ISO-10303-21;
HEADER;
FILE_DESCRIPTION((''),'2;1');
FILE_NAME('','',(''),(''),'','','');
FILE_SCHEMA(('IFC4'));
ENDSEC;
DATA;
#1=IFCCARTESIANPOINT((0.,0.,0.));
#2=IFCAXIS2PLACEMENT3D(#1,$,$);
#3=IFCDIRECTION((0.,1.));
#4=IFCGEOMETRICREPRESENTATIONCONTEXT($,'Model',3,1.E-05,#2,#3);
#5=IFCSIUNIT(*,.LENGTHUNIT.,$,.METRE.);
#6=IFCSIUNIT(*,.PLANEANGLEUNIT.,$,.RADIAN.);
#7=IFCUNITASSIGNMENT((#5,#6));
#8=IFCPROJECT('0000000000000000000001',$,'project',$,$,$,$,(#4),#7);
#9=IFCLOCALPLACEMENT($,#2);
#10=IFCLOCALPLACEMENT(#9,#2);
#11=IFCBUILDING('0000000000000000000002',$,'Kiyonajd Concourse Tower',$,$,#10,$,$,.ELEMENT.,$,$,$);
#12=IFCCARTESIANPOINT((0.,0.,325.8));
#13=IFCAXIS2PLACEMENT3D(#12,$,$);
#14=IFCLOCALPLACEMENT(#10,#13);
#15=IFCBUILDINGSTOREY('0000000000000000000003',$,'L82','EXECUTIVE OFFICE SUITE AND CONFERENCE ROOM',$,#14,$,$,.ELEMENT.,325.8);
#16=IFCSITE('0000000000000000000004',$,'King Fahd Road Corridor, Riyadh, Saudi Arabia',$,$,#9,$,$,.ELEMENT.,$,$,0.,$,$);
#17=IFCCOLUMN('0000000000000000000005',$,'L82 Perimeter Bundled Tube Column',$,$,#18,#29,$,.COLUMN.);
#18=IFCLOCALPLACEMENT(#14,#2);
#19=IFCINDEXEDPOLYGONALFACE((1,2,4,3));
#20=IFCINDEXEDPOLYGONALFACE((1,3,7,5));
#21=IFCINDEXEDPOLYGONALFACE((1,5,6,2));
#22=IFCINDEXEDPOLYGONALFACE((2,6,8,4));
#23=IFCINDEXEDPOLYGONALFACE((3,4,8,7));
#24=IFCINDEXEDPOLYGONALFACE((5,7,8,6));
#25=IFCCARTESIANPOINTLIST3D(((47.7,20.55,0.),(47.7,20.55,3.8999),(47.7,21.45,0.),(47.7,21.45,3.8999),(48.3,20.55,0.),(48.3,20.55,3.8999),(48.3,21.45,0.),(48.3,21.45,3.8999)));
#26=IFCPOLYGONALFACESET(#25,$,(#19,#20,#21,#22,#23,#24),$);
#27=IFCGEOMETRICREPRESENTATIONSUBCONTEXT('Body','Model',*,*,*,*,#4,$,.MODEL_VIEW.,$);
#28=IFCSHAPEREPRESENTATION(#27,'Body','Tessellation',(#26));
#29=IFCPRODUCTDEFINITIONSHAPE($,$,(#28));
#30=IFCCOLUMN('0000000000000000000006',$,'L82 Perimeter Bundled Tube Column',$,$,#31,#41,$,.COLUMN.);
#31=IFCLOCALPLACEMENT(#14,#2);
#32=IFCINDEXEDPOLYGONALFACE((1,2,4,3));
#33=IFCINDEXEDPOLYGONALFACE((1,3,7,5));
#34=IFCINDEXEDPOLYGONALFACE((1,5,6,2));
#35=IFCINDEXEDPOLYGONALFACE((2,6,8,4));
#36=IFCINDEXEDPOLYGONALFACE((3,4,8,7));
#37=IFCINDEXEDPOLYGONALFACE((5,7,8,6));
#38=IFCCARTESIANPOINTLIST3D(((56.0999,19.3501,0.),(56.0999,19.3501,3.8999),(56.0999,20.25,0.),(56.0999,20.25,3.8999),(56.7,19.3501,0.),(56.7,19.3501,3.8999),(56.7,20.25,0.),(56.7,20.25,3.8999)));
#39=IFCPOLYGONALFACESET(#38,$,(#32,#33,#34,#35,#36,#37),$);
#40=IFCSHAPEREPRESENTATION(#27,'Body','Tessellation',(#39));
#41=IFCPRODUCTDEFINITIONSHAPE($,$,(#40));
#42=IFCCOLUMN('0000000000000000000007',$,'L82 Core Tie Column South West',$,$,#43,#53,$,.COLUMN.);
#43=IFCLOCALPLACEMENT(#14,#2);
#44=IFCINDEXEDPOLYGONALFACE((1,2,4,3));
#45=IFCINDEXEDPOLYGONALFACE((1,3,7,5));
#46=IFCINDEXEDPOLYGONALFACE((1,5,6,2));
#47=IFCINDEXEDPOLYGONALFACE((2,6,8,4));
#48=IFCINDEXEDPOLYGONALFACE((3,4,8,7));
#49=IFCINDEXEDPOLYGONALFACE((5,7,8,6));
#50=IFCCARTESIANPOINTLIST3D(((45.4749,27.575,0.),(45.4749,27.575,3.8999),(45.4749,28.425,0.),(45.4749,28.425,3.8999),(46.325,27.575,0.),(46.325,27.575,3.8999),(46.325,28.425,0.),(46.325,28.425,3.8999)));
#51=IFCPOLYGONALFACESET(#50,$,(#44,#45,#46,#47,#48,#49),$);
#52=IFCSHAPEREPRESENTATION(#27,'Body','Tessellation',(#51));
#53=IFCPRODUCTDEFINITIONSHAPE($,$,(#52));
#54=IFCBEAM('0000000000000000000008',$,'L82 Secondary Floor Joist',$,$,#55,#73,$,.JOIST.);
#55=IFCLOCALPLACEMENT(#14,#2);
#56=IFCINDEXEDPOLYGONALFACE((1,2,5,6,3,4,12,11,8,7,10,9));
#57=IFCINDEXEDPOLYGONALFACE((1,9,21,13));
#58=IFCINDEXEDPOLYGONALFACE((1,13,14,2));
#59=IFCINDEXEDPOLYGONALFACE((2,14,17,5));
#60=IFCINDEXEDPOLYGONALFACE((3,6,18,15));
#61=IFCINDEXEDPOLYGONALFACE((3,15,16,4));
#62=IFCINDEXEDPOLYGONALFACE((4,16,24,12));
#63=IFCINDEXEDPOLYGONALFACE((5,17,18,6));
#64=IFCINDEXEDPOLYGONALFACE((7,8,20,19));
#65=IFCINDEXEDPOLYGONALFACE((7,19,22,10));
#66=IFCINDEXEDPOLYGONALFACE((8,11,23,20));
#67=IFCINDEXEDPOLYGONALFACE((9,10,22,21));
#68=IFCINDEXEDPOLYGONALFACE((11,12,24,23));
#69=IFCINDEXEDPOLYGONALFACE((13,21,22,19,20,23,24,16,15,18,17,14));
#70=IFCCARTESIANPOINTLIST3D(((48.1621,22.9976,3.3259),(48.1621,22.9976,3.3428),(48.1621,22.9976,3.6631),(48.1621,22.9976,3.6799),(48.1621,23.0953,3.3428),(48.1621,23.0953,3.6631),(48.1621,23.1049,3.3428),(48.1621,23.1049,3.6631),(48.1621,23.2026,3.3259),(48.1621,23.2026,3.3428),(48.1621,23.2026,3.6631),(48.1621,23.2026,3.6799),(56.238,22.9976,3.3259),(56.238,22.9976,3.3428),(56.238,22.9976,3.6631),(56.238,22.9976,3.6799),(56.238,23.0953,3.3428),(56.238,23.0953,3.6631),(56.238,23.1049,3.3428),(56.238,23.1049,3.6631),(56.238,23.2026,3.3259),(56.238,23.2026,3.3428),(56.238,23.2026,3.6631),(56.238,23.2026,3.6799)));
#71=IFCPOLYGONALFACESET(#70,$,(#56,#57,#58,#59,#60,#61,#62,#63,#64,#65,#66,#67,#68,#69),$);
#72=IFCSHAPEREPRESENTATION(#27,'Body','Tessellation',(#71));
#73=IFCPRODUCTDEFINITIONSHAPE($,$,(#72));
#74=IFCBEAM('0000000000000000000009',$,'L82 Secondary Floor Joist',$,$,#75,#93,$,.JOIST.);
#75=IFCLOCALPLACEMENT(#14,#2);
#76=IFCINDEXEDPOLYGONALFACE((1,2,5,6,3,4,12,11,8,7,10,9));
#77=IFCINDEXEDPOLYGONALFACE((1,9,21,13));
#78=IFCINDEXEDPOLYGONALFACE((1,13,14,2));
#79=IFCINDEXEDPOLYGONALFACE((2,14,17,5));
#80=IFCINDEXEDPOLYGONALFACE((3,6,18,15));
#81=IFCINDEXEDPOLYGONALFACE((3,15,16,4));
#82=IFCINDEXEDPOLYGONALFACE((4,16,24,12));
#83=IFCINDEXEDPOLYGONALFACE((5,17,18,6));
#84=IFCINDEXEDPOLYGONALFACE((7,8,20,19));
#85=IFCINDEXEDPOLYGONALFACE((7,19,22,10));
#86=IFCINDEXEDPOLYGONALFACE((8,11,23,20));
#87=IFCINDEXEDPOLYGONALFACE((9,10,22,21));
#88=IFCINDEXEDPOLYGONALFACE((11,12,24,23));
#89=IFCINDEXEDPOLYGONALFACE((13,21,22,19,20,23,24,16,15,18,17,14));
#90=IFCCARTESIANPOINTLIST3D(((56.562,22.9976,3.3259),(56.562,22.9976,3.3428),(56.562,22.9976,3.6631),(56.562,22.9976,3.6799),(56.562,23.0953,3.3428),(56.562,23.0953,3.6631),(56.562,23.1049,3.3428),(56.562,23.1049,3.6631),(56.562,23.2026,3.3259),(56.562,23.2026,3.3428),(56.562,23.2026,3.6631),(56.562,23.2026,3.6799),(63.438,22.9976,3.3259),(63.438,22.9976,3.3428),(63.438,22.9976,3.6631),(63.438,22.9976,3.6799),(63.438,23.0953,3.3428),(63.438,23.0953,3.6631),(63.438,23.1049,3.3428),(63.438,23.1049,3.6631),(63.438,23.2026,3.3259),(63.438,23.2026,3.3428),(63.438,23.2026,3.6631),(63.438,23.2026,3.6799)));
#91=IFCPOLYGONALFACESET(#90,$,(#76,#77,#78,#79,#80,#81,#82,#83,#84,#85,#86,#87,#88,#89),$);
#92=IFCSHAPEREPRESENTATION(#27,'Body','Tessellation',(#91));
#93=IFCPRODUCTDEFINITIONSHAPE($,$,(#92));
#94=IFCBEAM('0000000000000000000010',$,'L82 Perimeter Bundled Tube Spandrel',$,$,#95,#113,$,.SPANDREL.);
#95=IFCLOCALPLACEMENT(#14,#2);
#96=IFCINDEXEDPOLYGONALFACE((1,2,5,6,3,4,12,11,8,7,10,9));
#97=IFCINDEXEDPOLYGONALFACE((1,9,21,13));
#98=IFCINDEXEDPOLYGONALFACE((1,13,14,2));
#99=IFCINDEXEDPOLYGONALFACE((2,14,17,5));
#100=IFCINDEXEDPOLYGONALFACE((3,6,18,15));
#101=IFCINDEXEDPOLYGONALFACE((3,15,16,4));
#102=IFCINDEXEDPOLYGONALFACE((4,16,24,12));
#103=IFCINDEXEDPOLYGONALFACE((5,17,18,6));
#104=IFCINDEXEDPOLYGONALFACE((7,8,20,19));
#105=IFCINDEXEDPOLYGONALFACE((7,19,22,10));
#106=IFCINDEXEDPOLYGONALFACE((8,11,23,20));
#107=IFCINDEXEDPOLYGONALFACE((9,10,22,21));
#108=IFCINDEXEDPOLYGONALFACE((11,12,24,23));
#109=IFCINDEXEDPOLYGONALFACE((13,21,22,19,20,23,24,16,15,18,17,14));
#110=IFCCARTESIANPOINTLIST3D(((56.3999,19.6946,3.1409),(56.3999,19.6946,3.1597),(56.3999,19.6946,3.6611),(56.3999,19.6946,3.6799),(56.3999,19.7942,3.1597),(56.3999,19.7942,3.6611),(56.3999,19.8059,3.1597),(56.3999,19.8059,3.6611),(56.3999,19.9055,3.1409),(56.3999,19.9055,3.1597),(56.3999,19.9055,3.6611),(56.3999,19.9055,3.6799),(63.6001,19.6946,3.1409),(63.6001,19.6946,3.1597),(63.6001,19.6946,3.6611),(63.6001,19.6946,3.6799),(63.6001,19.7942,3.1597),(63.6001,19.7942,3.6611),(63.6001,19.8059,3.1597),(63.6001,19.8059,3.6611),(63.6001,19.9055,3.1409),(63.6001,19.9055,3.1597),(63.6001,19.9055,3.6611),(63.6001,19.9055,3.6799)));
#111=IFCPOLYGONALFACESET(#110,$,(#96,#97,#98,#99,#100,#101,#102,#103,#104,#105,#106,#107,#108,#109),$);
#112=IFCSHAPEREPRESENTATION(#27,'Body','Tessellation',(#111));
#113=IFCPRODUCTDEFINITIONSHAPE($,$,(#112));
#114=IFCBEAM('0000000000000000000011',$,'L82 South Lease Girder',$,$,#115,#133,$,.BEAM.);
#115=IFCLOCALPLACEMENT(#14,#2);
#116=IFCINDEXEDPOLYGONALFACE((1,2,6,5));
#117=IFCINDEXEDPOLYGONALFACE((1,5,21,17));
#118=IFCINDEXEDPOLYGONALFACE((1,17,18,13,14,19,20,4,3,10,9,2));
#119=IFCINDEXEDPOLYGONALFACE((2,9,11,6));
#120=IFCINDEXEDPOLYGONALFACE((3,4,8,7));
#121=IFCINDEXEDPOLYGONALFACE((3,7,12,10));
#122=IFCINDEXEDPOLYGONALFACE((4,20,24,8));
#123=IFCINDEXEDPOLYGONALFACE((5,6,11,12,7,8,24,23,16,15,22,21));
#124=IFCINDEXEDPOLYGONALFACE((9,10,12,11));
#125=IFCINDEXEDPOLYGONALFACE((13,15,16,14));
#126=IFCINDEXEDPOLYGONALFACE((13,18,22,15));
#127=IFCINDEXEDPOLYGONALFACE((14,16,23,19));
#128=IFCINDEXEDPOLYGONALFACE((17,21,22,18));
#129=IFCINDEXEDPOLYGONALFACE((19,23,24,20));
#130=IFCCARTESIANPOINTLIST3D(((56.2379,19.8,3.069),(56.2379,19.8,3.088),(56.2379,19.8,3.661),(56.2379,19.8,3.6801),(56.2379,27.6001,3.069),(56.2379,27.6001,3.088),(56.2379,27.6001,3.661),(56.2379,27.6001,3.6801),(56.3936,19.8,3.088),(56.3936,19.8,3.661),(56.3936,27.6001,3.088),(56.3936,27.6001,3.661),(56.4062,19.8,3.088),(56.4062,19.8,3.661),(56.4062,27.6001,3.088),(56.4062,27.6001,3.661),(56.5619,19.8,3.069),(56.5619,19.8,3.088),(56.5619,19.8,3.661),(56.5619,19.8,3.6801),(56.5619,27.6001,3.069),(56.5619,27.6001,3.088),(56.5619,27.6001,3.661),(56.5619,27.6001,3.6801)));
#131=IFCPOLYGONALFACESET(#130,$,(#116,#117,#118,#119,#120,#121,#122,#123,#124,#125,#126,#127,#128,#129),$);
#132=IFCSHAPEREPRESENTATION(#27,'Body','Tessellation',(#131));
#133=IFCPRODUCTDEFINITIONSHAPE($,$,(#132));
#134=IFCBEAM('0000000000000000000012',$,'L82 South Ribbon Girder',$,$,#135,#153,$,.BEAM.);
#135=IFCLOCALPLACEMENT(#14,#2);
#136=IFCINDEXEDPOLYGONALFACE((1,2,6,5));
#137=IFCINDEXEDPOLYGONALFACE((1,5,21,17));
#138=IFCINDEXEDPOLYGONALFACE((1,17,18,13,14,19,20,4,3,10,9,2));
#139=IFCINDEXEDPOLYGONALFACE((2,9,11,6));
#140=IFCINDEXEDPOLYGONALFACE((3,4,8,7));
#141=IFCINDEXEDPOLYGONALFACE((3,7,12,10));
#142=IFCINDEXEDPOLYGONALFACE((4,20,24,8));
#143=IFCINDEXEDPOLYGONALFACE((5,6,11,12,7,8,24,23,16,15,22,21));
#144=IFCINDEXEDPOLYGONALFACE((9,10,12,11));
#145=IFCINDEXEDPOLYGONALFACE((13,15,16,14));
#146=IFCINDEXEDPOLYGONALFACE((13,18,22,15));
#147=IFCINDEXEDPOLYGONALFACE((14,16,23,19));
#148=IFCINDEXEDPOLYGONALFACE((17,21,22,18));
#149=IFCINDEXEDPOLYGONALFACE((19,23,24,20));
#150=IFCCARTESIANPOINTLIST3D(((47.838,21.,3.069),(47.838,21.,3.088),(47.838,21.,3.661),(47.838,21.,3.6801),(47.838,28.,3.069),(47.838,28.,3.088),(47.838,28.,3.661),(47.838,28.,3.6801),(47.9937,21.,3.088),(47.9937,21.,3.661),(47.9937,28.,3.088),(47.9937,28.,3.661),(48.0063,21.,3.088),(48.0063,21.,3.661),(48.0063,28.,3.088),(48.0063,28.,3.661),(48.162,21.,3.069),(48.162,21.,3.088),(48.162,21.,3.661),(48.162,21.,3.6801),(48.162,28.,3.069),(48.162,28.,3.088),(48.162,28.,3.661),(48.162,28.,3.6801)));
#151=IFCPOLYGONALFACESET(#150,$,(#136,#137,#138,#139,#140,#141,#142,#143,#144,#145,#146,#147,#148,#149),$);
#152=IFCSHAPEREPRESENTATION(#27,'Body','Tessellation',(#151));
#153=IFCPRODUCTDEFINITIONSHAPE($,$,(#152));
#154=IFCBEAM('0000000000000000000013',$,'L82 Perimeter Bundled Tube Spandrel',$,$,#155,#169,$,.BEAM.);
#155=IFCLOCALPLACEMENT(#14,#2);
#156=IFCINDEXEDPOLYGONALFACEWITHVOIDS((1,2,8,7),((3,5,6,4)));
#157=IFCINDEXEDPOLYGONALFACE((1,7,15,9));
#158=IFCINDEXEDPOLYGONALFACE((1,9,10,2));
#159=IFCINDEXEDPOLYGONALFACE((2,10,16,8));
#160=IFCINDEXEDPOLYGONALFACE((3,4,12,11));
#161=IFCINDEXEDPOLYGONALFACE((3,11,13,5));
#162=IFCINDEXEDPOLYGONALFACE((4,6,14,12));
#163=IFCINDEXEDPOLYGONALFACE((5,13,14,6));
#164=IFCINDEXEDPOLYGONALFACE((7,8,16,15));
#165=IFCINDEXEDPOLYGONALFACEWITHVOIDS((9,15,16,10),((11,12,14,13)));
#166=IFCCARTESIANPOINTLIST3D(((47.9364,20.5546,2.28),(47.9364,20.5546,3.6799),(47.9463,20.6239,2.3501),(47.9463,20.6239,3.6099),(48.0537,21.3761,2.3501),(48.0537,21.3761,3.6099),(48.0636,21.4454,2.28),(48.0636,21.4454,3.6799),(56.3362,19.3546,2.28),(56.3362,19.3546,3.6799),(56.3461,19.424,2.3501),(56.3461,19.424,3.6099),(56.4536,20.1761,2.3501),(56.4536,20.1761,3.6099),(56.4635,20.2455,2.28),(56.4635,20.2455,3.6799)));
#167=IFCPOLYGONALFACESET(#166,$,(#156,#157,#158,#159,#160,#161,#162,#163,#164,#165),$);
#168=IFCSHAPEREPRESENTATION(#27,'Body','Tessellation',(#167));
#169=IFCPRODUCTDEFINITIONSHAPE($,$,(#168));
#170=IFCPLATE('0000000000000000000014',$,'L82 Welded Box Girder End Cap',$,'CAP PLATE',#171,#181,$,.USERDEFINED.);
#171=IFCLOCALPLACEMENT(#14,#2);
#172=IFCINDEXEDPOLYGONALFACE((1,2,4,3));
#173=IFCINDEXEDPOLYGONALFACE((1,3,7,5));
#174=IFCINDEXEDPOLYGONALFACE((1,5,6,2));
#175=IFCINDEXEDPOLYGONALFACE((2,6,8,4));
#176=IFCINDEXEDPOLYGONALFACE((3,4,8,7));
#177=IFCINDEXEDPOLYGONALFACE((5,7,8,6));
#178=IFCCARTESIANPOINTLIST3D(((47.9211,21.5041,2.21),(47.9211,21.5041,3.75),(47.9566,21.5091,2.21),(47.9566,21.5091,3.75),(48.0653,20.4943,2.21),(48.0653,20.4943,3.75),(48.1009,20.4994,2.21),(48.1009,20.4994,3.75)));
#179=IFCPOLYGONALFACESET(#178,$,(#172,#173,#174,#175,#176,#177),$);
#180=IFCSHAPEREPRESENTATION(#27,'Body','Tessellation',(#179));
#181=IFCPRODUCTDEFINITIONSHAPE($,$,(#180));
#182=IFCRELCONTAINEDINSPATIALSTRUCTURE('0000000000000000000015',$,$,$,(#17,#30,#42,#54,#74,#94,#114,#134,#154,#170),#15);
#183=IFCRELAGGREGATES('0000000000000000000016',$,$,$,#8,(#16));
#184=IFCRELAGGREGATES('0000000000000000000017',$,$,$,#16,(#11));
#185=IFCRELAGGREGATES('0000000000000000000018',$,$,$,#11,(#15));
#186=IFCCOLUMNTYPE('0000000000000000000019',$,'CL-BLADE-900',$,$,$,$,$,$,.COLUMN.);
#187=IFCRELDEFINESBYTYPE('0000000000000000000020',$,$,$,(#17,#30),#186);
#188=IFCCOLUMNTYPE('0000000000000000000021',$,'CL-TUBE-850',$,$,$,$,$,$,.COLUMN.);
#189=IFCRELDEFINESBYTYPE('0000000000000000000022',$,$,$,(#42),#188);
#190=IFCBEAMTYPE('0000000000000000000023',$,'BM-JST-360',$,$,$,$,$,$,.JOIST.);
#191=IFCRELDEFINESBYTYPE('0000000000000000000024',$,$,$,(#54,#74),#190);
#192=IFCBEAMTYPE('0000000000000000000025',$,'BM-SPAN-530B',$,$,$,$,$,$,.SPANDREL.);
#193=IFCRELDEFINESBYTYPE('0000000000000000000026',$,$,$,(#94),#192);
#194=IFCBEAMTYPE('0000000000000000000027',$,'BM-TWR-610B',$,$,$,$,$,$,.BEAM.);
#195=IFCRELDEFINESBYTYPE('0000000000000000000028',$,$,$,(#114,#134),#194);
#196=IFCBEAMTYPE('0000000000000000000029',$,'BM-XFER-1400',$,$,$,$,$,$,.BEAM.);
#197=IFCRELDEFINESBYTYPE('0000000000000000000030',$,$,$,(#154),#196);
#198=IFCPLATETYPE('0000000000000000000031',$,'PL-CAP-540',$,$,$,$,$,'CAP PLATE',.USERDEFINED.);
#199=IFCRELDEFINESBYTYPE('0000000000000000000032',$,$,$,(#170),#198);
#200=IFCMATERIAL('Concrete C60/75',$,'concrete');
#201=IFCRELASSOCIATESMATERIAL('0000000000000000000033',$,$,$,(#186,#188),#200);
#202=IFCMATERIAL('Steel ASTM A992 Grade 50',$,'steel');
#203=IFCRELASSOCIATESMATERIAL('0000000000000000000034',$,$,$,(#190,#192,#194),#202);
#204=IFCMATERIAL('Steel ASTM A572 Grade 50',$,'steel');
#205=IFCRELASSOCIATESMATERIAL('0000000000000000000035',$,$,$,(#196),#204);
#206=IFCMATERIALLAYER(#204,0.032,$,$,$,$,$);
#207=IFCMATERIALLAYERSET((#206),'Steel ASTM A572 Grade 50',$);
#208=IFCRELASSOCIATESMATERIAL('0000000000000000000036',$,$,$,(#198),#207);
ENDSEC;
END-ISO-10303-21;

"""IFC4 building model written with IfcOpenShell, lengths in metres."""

from ifc_helpers import new_model, si_unit, direction, frame, origin, origin_2d, place, context, subcontext, project, spatial, rectangle, hollow_rectangle, i_section, extrude, material, layer, layer_set, material_profile, profile_set, type_object, element, save


model = new_model("IFC4")

# Units and contexts
model_context = context("Model", 3, precision=1e-05, world=origin(), true_north=direction((0.0, 1.0)))
body_context = subcontext(model_context, "Body", "Model", "MODEL_VIEW")
ifc_project = project(units=[si_unit("LENGTHUNIT", "METRE"), si_unit("PLANEANGLEUNIT", "RADIAN")], contexts=[model_context])

# Site, building, storey
site_placement = place(None, origin())
site = spatial("IfcSite", under=ifc_project, at=site_placement, Name="King Fahd Road Corridor, Riyadh, Saudi Arabia", CompositionType="ELEMENT", RefElevation=0.0)
building_placement = place(site_placement, origin())
building = spatial("IfcBuilding", under=site, at=building_placement, Name="Kiyonajd Concourse Tower", CompositionType="ELEMENT")
storey_placement = place(building_placement, frame((0.0, 0.0, 325.8)))
storey = spatial("IfcBuildingStorey", under=building, at=storey_placement, Name="L82", Description="EXECUTIVE OFFICE SUITE AND CONFERENCE ROOM", CompositionType="ELEMENT", Elevation=325.8)

# Columns
ifc_material_1 = material(Name="Concrete C60/75", Category="concrete")
ifc_material_profile_1 = material_profile(ifc_material_1, rectangle(XDim=0.6001, YDim=0.8999, at=origin_2d()), Name="RC-900x600")
ifc_profile_set_1 = profile_set([ifc_material_profile_1], Name="Concrete C60/75")
column_type_1 = type_object("IfcColumnType", Name="CL-BLADE-900", PredefinedType="COLUMN", material=ifc_profile_set_1)
for number, where, z_axis, x_axis, name in (
    (1, (48.0, 21.0, 0.0), (0.0, 0.0, 1.0), (1.0, 0.0, 0.0), "L82 Perimeter Bundled Tube Column"),
    (2, (56.3999, 19.8, 0.0), (0.0, 0.0, 1.0), (1.0, 0.0, 0.0), "L82 Perimeter Bundled Tube Column"),
):
    element("IfcColumn", number, at=place(storey_placement, frame(where, z_axis=z_axis, x_axis=x_axis)), inside=storey, type_object=column_type_1, Name=name, PredefinedType="COLUMN", context=body_context, shape_type="SweptSolid", body=[
        extrude(rectangle(XDim=0.6001, YDim=0.8999, at=origin_2d()), origin(), (0.0, 0.0, 1.0), 3.8999),
    ])
ifc_material_profile_2 = material_profile(ifc_material_1, rectangle(XDim=0.8501, YDim=0.8501, at=origin_2d()), Name="RC-850x850")
ifc_profile_set_2 = profile_set([ifc_material_profile_2], Name="Concrete C60/75")
column_type_2 = type_object("IfcColumnType", Name="CL-TUBE-850", PredefinedType="COLUMN", material=ifc_profile_set_2)
column_placement = place(storey_placement, frame((45.8999, 28.0, 0.0), z_axis=(0.0, 0.0, 1.0), x_axis=(1.0, 0.0, 0.0)))
element("IfcColumn", 3, at=column_placement, inside=storey, type_object=column_type_2, Name="L82 Core Tie Column South West", PredefinedType="COLUMN", context=body_context, shape_type="SweptSolid", body=[
    extrude(rectangle(XDim=0.8501, YDim=0.8501, at=origin_2d()), origin(), (0.0, 0.0, 1.0), 3.8999),
])

# Beams
ifc_material_2 = material(Name="Steel ASTM A992 Grade 50", Category="steel")
ifc_material_profile_3 = material_profile(ifc_material_2, i_section(OverallWidth=0.2051, OverallDepth=0.354, WebThickness=0.0095, FlangeThickness=0.0168, at=origin_2d()), Name="W360X79")
ifc_profile_set_3 = profile_set([ifc_material_profile_3], Name="Steel ASTM A992 Grade 50")
beam_type_1 = type_object("IfcBeamType", Name="BM-JST-360", PredefinedType="JOIST", material=ifc_profile_set_3)
beam_1_placement = place(storey_placement, frame((48.1621, 23.1001, 3.5029), z_axis=(1.0, 0.0, 0.0), x_axis=(0.0, 1.0, 0.0)))
element("IfcBeam", 4, at=beam_1_placement, inside=storey, type_object=beam_type_1, Name="L82 Secondary Floor Joist", PredefinedType="JOIST", context=body_context, shape_type="SweptSolid", body=[
    extrude(i_section(OverallWidth=0.2051, OverallDepth=0.354, WebThickness=0.0095, FlangeThickness=0.0168, at=origin_2d()), origin(), (0.0, 0.0, 1.0), 8.0759),
])
beam_2_placement = place(storey_placement, frame((56.562, 23.1001, 3.5029), z_axis=(1.0, 0.0, 0.0), x_axis=(0.0, 1.0, 0.0)))
element("IfcBeam", 5, at=beam_2_placement, inside=storey, type_object=beam_type_1, Name="L82 Secondary Floor Joist", PredefinedType="JOIST", context=body_context, shape_type="SweptSolid", body=[
    extrude(i_section(OverallWidth=0.2051, OverallDepth=0.354, WebThickness=0.0095, FlangeThickness=0.0168, at=origin_2d()), origin(), (0.0, 0.0, 1.0), 6.876),
])
ifc_material_profile_4 = material_profile(ifc_material_2, i_section(OverallWidth=0.2109, OverallDepth=0.5391, WebThickness=0.0117, FlangeThickness=0.0188, at=origin_2d()), Name="W530X109")
ifc_profile_set_4 = profile_set([ifc_material_profile_4], Name="Steel ASTM A992 Grade 50")
beam_type_2 = type_object("IfcBeamType", Name="BM-SPAN-530B", PredefinedType="SPANDREL", material=ifc_profile_set_4)
beam_3_placement = place(storey_placement, frame((56.3999, 19.8, 3.4104), z_axis=(1.0, 0.0, 0.0), x_axis=(0.0, 1.0, 0.0)))
element("IfcBeam", 6, at=beam_3_placement, inside=storey, type_object=beam_type_2, Name="L82 Perimeter Bundled Tube Spandrel", PredefinedType="SPANDREL", context=body_context, shape_type="SweptSolid", body=[
    extrude(i_section(OverallWidth=0.2109, OverallDepth=0.5391, WebThickness=0.0117, FlangeThickness=0.0188, at=origin_2d()), origin(), (0.0, 0.0, 1.0), 7.2002),
])
ifc_material_profile_5 = material_profile(ifc_material_2, i_section(OverallWidth=0.324, OverallDepth=0.6111, WebThickness=0.0127, FlangeThickness=0.019, at=origin_2d()), Name="W610X155")
ifc_profile_set_5 = profile_set([ifc_material_profile_5], Name="Steel ASTM A992 Grade 50")
beam_type_3 = type_object("IfcBeamType", Name="BM-TWR-610B", PredefinedType="BEAM", material=ifc_profile_set_5)
beam_4_placement = place(storey_placement, frame((56.3999, 19.8, 3.3745), z_axis=(0.0, 1.0, 0.0), x_axis=(-1.0, 0.0, 0.0)))
element("IfcBeam", 7, at=beam_4_placement, inside=storey, type_object=beam_type_3, Name="L82 South Lease Girder", PredefinedType="BEAM", context=body_context, shape_type="SweptSolid", body=[
    extrude(i_section(OverallWidth=0.324, OverallDepth=0.6111, WebThickness=0.0127, FlangeThickness=0.019, at=origin_2d()), origin(), (0.0, 0.0, 1.0), 7.8),
])
beam_5_placement = place(storey_placement, frame((48.0, 21.0, 3.3745), z_axis=(0.0, 1.0, 0.0), x_axis=(-1.0, 0.0, 0.0)))
element("IfcBeam", 8, at=beam_5_placement, inside=storey, type_object=beam_type_3, Name="L82 South Ribbon Girder", PredefinedType="BEAM", context=body_context, shape_type="SweptSolid", body=[
    extrude(i_section(OverallWidth=0.324, OverallDepth=0.6111, WebThickness=0.0127, FlangeThickness=0.019, at=origin_2d()), origin(), (0.0, 0.0, 1.0), 7.0),
])
ifc_material_3 = material(Name="Steel ASTM A572 Grade 50", Category="steel")
ifc_material_profile_6 = material_profile(ifc_material_3, hollow_rectangle(XDim=0.8999, YDim=1.3999, WallThickness=0.0701, at=origin_2d()), Name="BOX-1400x900x70")
ifc_profile_set_6 = profile_set([ifc_material_profile_6], Name="Steel ASTM A572 Grade 50")
beam_type_4 = type_object("IfcBeamType", Name="BM-XFER-1400", PredefinedType="BEAM", material=ifc_profile_set_6)
beam_6_placement = place(storey_placement, frame((48.0, 21.0, 2.98), z_axis=(0.98995, -0.141417, 0.0), x_axis=(0.141417, 0.98995, 0.0)))
element("IfcBeam", 9, at=beam_6_placement, inside=storey, type_object=beam_type_4, Name="L82 Perimeter Bundled Tube Spandrel", PredefinedType="BEAM", context=body_context, shape_type="SweptSolid", body=[
    extrude(hollow_rectangle(XDim=0.8999, YDim=1.3999, WallThickness=0.0701, at=origin_2d()), origin(), (0.0, 0.0, 1.0), 8.4851),
])

# Plate
ifc_layer_1 = layer(ifc_material_3, 0.032)
ifc_layer_set_1 = layer_set([ifc_layer_1], Name="Steel ASTM A572 Grade 50")
plate_type_1 = type_object("IfcPlateType", Name="PL-CAP-540", ElementType="CAP PLATE", PredefinedType="USERDEFINED", material=ifc_layer_set_1)
for number, where, z_axis, x_axis, name in (
    (10, (48.011, 21.0017, 2.21), (0.0, 0.0, 1.0), (0.98995, 0.14142, 0.0), "L82 Welded Box Girder End Cap"),
):
    element("IfcPlate", number, at=place(storey_placement, frame(where, z_axis=z_axis, x_axis=x_axis)), inside=storey, type_object=plate_type_1, Name=name, ObjectType="CAP PLATE", PredefinedType="USERDEFINED", context=body_context, shape_type="SweptSolid", body=[
        extrude(rectangle(XDim=0.0359, YDim=1.02, at=origin_2d()), origin(), (0.0, 0.0, 1.0), 1.54),
    ])

save(model, "model.ifc")
